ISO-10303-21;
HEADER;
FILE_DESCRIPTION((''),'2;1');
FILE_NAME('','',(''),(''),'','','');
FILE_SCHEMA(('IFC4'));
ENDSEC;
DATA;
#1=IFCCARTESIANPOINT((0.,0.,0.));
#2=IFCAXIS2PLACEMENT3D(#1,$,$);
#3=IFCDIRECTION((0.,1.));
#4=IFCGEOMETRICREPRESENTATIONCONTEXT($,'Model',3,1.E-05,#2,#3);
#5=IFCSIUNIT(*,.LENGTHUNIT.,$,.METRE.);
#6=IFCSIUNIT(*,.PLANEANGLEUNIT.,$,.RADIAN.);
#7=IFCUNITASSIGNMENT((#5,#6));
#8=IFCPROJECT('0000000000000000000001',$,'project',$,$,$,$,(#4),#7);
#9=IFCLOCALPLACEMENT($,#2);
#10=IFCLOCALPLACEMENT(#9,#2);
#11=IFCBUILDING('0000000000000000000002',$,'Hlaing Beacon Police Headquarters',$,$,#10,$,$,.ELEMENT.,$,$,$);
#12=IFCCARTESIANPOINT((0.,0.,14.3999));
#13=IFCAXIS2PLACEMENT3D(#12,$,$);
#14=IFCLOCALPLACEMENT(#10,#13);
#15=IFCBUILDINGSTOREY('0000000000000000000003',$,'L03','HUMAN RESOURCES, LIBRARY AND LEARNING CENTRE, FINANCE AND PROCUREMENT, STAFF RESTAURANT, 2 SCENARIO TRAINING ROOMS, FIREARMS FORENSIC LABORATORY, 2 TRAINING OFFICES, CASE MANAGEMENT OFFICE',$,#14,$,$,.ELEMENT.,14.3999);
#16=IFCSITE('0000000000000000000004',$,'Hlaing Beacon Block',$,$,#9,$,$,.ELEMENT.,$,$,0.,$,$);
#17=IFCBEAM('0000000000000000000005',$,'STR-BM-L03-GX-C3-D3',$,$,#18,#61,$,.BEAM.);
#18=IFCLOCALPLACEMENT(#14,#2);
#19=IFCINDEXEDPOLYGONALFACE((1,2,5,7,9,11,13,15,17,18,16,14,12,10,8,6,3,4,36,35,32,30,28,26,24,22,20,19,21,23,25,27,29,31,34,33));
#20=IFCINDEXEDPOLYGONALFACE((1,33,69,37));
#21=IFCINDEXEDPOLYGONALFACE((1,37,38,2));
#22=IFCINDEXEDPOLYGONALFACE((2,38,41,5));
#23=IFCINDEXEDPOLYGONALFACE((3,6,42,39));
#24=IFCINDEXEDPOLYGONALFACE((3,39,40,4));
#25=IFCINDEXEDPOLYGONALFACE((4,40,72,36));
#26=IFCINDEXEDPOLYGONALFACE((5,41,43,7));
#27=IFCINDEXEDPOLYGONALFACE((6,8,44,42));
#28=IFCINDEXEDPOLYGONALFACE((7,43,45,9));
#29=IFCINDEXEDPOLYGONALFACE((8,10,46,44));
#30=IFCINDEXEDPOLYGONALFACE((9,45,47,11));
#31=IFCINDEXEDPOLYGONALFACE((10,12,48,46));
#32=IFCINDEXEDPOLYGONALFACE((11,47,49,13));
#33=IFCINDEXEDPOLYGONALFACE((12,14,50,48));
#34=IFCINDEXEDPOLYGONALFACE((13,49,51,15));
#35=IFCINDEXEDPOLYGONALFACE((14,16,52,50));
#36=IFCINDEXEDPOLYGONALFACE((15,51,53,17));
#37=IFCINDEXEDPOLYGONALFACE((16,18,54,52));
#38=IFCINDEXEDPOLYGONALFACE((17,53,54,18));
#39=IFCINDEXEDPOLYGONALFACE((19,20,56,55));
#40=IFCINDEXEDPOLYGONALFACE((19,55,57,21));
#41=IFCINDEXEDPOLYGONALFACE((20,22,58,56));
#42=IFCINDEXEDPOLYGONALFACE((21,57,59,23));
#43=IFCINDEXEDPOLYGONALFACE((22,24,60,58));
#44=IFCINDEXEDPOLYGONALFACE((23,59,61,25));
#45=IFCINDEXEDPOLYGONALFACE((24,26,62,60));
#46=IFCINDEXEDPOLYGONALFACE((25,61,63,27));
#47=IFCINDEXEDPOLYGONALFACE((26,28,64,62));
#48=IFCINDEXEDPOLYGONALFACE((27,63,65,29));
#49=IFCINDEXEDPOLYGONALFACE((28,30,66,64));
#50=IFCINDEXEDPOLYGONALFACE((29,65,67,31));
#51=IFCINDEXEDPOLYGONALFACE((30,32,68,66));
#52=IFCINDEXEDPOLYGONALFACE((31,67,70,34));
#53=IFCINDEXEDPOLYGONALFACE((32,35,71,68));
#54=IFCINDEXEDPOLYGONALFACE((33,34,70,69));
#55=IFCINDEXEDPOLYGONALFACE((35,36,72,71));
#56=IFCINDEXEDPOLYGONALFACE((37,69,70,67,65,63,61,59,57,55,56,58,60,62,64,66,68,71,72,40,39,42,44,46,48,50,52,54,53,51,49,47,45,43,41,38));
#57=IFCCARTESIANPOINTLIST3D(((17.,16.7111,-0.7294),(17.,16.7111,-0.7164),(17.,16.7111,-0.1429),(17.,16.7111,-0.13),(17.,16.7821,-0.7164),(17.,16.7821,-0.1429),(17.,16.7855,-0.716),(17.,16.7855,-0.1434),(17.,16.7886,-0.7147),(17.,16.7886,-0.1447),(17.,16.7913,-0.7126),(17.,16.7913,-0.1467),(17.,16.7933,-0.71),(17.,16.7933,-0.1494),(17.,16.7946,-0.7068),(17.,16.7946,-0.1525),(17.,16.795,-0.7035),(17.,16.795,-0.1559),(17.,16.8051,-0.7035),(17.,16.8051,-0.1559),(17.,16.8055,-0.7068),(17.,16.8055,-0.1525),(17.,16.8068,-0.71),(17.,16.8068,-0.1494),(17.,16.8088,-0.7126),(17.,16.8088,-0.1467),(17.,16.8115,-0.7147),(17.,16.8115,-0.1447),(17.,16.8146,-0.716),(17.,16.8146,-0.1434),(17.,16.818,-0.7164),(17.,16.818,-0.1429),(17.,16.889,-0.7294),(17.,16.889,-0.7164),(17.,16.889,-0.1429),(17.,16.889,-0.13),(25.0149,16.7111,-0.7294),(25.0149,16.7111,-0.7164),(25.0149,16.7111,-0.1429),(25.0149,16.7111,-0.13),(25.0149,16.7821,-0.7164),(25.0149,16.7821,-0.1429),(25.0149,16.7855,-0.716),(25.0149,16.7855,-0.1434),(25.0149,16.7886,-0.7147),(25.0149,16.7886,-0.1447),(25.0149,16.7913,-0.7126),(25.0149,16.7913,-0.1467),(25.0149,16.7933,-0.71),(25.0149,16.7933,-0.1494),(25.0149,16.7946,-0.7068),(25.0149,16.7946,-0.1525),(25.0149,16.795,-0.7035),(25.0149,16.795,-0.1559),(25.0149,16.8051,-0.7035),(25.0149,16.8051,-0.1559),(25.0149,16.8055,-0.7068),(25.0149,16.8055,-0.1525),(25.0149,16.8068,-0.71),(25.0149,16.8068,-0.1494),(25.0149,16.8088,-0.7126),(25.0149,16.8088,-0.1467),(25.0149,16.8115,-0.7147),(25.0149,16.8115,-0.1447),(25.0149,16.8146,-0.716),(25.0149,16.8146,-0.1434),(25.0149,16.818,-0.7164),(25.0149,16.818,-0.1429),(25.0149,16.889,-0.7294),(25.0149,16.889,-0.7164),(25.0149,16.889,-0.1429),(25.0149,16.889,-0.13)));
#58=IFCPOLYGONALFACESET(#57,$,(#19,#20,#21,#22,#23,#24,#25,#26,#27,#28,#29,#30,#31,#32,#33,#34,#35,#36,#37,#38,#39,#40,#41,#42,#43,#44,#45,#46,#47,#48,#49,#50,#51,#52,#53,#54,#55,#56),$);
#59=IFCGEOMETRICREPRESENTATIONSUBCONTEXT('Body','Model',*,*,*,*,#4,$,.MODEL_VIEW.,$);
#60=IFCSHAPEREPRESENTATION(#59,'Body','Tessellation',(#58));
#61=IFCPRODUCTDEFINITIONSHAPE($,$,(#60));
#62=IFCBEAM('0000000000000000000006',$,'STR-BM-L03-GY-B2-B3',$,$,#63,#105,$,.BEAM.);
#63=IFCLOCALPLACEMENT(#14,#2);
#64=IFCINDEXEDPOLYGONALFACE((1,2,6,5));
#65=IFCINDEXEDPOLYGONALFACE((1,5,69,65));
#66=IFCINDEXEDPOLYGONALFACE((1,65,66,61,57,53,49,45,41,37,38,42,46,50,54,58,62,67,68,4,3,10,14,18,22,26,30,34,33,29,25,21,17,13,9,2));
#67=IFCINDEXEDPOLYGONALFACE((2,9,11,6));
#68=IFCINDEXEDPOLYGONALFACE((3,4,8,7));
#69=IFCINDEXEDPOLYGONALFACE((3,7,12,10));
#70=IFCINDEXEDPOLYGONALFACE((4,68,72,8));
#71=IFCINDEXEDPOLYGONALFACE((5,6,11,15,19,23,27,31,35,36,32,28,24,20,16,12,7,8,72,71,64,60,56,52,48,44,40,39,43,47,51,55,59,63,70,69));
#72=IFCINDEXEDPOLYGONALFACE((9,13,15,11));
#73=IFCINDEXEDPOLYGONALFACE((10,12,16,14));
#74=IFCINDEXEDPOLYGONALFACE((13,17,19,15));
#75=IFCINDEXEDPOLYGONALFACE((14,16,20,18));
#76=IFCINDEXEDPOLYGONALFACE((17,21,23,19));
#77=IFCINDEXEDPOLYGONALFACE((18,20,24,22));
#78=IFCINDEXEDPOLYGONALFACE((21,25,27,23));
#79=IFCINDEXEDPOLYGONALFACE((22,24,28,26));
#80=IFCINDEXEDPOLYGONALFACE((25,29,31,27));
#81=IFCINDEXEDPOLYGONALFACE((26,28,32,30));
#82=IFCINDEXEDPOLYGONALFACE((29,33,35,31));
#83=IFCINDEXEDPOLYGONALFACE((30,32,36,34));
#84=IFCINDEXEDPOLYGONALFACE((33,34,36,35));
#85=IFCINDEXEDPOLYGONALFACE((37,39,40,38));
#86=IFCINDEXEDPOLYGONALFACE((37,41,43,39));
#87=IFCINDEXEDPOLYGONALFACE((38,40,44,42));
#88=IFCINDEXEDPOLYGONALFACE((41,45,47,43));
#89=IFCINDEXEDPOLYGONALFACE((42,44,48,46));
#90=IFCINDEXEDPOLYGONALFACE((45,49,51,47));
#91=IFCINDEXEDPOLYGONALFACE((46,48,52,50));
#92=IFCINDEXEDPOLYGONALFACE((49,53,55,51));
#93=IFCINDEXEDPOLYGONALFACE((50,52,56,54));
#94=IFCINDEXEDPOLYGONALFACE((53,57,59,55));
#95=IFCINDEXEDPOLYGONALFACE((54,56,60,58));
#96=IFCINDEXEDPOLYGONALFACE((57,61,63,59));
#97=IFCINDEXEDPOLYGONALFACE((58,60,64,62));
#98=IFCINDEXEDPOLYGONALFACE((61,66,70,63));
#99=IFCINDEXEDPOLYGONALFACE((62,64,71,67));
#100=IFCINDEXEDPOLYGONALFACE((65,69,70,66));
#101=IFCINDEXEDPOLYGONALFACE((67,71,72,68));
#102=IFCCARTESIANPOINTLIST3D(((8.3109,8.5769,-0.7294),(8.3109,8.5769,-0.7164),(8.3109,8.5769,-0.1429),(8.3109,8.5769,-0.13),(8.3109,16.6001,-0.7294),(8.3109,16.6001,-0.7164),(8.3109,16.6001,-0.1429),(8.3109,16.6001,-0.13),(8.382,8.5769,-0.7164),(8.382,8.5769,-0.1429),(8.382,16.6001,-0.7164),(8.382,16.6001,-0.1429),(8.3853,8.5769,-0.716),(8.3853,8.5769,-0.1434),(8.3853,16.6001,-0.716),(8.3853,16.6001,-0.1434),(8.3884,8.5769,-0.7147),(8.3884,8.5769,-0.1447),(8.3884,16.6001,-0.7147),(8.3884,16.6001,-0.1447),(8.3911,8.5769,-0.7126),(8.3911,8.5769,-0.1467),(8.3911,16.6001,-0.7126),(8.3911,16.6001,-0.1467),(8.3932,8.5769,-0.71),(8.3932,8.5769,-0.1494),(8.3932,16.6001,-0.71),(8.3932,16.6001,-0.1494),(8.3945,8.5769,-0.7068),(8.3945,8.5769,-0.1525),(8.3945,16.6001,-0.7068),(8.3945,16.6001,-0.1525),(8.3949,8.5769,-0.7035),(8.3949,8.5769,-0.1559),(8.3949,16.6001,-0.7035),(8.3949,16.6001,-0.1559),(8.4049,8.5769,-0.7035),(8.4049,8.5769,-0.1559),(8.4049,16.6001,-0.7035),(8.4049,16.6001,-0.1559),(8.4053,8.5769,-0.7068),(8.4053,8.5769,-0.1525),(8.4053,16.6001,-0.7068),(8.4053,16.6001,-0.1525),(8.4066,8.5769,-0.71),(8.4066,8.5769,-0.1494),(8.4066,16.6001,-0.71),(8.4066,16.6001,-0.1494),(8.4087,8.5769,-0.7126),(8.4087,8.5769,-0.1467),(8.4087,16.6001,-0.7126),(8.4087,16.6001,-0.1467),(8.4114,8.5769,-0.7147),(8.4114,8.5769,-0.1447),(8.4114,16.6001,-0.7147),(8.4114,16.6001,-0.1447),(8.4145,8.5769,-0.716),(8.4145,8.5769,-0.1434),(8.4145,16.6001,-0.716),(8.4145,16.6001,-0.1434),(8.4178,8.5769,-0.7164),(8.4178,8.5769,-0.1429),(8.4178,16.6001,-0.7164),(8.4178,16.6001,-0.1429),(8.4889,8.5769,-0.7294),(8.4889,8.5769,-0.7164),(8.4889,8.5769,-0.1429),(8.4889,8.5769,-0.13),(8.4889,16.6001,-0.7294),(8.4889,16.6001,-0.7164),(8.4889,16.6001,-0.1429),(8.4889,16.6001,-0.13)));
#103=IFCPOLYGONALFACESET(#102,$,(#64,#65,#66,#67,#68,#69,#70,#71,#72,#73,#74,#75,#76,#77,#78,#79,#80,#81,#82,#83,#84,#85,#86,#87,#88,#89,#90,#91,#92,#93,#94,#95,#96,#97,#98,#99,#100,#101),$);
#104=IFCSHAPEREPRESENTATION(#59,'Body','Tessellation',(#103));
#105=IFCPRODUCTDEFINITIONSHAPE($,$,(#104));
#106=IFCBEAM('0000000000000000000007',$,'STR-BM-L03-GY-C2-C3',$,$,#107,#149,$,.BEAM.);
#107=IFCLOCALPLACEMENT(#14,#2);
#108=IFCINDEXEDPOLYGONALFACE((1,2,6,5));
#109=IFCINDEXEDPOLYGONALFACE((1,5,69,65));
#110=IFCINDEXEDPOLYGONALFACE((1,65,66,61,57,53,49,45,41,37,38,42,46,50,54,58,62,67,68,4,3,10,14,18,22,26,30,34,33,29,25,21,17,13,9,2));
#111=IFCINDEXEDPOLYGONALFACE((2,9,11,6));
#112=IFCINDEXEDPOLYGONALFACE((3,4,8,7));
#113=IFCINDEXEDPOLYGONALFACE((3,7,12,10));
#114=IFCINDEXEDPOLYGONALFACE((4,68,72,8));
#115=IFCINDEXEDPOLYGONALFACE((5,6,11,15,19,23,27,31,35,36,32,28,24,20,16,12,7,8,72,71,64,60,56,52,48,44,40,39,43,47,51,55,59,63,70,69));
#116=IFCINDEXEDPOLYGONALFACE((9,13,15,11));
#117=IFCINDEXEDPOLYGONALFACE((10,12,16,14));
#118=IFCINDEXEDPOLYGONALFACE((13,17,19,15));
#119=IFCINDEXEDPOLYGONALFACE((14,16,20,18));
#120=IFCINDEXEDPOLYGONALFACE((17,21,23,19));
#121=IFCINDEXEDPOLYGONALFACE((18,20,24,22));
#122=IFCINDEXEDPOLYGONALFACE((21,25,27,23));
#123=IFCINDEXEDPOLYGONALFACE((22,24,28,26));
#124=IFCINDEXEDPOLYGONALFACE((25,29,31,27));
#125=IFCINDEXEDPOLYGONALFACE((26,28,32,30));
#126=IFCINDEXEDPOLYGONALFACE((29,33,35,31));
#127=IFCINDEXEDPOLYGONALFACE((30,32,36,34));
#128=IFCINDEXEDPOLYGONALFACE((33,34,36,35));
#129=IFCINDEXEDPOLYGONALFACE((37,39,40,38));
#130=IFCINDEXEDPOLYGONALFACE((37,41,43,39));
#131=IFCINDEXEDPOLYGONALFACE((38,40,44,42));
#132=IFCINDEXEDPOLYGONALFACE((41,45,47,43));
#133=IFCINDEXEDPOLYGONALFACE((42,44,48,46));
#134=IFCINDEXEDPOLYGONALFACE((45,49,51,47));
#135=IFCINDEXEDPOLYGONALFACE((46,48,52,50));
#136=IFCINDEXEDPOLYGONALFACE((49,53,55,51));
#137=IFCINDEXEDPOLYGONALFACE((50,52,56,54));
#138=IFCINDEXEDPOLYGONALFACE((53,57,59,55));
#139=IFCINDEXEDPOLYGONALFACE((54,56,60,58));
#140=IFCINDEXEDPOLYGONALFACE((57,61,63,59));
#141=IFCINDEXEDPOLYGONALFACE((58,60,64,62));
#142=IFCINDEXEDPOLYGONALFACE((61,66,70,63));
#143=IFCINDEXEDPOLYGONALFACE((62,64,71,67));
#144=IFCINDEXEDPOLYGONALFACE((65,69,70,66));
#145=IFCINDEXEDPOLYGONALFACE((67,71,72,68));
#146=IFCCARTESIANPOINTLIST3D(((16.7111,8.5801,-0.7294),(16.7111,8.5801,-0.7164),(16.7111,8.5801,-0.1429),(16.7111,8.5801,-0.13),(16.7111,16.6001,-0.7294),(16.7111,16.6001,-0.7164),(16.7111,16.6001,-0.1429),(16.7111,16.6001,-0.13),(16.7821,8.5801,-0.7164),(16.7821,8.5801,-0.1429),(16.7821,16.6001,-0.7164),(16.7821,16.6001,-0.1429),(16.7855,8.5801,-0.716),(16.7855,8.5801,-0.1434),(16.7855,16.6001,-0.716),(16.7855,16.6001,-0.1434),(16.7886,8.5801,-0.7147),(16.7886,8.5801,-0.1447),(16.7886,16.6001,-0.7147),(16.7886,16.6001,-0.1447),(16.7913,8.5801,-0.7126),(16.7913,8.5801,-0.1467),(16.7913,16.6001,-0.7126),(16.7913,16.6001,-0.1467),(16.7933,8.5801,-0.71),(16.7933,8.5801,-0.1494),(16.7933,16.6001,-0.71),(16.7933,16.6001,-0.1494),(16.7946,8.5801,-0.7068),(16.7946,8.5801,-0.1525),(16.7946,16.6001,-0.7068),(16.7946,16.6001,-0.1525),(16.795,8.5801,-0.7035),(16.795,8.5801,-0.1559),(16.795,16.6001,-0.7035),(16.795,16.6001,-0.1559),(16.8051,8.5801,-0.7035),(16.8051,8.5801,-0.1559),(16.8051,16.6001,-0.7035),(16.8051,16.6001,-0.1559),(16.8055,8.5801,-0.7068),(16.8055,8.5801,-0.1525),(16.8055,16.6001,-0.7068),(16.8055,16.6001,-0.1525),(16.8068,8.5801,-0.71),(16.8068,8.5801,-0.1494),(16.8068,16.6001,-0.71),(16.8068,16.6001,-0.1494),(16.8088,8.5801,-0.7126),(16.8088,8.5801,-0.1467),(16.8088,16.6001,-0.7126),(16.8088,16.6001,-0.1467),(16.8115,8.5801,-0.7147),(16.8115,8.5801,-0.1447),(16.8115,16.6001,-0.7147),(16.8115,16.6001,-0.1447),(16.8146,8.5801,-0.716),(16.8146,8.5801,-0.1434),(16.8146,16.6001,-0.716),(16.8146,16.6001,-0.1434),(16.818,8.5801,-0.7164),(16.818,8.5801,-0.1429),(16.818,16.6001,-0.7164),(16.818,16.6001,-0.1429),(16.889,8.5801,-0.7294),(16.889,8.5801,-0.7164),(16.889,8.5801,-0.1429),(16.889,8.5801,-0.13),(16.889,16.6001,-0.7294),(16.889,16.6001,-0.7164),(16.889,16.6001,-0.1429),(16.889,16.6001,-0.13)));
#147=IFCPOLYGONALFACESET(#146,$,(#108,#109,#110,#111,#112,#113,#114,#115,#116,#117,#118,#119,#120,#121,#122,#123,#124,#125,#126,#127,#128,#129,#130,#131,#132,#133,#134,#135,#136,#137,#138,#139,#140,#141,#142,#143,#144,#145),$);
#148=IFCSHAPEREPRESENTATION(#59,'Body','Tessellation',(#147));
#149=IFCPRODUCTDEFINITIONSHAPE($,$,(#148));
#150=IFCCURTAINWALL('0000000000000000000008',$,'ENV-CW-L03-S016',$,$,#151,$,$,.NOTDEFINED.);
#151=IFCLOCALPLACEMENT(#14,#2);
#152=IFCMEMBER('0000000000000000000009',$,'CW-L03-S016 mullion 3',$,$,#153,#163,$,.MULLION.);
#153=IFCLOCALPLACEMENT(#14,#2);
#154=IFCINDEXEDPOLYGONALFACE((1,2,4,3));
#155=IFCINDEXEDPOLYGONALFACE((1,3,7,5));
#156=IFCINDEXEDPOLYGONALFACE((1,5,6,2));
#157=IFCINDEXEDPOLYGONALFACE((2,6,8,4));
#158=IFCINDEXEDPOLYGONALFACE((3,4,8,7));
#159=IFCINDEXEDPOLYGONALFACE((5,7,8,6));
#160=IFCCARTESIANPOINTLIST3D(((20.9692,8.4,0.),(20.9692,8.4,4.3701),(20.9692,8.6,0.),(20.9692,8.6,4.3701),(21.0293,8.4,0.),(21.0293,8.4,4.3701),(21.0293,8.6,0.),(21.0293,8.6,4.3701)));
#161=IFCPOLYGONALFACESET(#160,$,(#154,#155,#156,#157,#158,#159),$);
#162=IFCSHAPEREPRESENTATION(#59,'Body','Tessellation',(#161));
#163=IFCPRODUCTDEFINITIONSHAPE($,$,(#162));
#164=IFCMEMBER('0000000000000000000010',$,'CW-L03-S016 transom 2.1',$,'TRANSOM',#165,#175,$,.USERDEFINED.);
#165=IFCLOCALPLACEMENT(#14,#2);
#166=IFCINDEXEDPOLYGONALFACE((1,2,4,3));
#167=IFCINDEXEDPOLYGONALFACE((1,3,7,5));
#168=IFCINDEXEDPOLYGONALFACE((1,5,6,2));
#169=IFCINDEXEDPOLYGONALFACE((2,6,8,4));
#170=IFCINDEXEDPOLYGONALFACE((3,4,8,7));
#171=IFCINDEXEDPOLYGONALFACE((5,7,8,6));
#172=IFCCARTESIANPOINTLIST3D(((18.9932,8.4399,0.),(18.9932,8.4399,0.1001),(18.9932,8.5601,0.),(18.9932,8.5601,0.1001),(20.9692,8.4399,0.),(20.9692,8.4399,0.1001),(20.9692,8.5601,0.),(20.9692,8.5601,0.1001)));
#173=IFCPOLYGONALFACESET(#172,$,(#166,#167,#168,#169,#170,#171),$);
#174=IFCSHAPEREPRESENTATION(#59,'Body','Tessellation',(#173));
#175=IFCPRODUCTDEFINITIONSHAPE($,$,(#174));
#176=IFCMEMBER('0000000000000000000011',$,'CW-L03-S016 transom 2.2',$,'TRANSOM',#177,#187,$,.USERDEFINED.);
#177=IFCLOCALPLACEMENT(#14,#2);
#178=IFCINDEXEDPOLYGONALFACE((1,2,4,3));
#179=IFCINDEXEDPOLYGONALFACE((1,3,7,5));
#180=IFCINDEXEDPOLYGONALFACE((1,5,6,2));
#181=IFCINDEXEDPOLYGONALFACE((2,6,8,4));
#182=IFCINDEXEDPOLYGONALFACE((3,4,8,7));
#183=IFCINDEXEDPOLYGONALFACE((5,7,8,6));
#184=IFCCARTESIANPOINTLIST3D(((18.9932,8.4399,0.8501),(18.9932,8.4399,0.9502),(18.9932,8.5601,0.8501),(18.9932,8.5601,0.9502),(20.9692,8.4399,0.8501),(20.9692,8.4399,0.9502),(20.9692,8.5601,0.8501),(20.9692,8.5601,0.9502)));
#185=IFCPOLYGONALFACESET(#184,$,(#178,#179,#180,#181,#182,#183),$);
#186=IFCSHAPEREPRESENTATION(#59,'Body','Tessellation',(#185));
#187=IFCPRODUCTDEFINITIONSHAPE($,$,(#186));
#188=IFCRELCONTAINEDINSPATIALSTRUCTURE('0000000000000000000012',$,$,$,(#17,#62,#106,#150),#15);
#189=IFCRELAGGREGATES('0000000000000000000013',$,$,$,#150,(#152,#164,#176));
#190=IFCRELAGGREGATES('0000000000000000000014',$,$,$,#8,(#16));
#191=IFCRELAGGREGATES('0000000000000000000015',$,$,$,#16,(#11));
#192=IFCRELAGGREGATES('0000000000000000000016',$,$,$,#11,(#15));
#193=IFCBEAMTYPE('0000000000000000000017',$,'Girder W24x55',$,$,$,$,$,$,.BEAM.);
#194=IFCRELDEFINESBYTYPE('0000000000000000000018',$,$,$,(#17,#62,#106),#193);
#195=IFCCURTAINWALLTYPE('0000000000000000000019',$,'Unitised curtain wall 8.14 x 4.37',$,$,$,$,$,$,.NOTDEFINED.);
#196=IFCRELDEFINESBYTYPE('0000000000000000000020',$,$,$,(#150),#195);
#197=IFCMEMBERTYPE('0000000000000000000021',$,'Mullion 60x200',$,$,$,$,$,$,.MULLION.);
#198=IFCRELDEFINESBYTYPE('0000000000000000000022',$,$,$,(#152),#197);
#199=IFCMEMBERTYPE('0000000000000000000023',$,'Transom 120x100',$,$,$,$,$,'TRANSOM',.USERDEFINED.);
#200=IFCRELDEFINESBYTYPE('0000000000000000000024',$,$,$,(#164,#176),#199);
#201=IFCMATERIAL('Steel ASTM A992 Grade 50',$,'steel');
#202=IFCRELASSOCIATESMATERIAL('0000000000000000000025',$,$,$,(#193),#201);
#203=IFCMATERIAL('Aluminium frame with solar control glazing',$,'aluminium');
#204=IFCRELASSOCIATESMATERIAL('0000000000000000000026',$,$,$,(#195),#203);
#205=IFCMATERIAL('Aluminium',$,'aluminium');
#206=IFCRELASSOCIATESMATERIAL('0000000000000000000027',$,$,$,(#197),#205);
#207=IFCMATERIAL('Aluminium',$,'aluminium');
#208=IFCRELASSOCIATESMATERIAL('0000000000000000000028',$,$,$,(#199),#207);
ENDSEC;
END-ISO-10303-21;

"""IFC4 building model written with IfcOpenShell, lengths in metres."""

from ifc_helpers import new_model, si_unit, direction, frame, origin, origin_2d, place, context, subcontext, project, spatial, rectangle, i_section, extrude, material, material_profile, profile_set, type_object, element, aggregate, save


model = new_model("IFC4")

# Units and contexts
model_context = context("Model", 3, precision=1e-05, world=origin(), true_north=direction((0.0, 1.0)))
body_context = subcontext(model_context, "Body", "Model", "MODEL_VIEW")
ifc_project = project(units=[si_unit("LENGTHUNIT", "METRE"), si_unit("PLANEANGLEUNIT", "RADIAN")], contexts=[model_context])

# Site, building, storey
site_placement = place(None, origin())
site = spatial("IfcSite", under=ifc_project, at=site_placement, Name="Hlaing Beacon Block", CompositionType="ELEMENT", RefElevation=0.0)
building_placement = place(site_placement, origin())
building = spatial("IfcBuilding", under=site, at=building_placement, Name="Hlaing Beacon Police Headquarters", CompositionType="ELEMENT")
storey_placement = place(building_placement, frame((0.0, 0.0, 14.3999)))
storey = spatial("IfcBuildingStorey", under=building, at=storey_placement, Name="L03", Description="HUMAN RESOURCES, LIBRARY AND LEARNING CENTRE, FINANCE AND PROCUREMENT, STAFF RESTAURANT, 2 SCENARIO TRAINING ROOMS, FIREARMS FORENSIC LABORATORY, 2 TRAINING OFFICES, CASE MANAGEMENT OFFICE", CompositionType="ELEMENT", Elevation=14.3999)

# Beams
ifc_material_1 = material(Name="Steel ASTM A992 Grade 50", Category="steel")
ifc_material_profile_1 = material_profile(ifc_material_1, i_section(OverallWidth=0.178, OverallDepth=0.5994, WebThickness=0.01, FlangeThickness=0.0129, FilletRadius=0.0129, at=origin_2d()), Name="W24x55")
ifc_profile_set_1 = profile_set([ifc_material_profile_1], Name="Steel ASTM A992 Grade 50")
beam_type = type_object("IfcBeamType", Name="Girder W24x55", PredefinedType="BEAM", material=ifc_profile_set_1)
beam_1_placement = place(storey_placement, frame((17.0, 16.8, -0.4297), z_axis=(1.0, 0.0, 0.0), x_axis=(0.0, 1.0, 0.0)))
element("IfcBeam", 1, at=beam_1_placement, inside=storey, type_object=beam_type, Name="STR-BM-L03-GX-C3-D3", PredefinedType="BEAM", context=body_context, shape_type="SweptSolid", body=[
    extrude(i_section(OverallWidth=0.178, OverallDepth=0.5994, WebThickness=0.01, FlangeThickness=0.0129, FilletRadius=0.0129, at=origin_2d()), origin(), (0.0, 0.0, 1.0), 8.0149),
])
beam_2_placement = place(storey_placement, frame((8.3999, 8.5769, -0.4297), z_axis=(0.0, 1.0, 0.0), x_axis=(-1.0, 0.0, 0.0)))
element("IfcBeam", 2, at=beam_2_placement, inside=storey, type_object=beam_type, Name="STR-BM-L03-GY-B2-B3", PredefinedType="BEAM", context=body_context, shape_type="SweptSolid", body=[
    extrude(i_section(OverallWidth=0.178, OverallDepth=0.5994, WebThickness=0.01, FlangeThickness=0.0129, FilletRadius=0.0129, at=origin_2d()), origin(), (0.0, 0.0, 1.0), 8.0232),
])
beam_3_placement = place(storey_placement, frame((16.8, 8.5801, -0.4297), z_axis=(0.0, 1.0, 0.0), x_axis=(-1.0, 0.0, 0.0)))
element("IfcBeam", 3, at=beam_3_placement, inside=storey, type_object=beam_type, Name="STR-BM-L03-GY-C2-C3", PredefinedType="BEAM", context=body_context, shape_type="SweptSolid", body=[
    extrude(i_section(OverallWidth=0.178, OverallDepth=0.5994, WebThickness=0.01, FlangeThickness=0.0129, FilletRadius=0.0129, at=origin_2d()), origin(), (0.0, 0.0, 1.0), 8.02),
])

# Curtain wall, members
ifc_material_2 = material(Name="Aluminium frame with solar control glazing", Category="aluminium")
curtain_wall_type = type_object("IfcCurtainWallType", Name="Unitised curtain wall 8.14 x 4.37", PredefinedType="NOTDEFINED", material=ifc_material_2)
curtain_wall_placement = place(storey_placement, origin())
curtain_wall = element("IfcCurtainWall", 4, at=curtain_wall_placement, inside=storey, type_object=curtain_wall_type, Name="ENV-CW-L03-S016", PredefinedType="NOTDEFINED")
ifc_material_3 = material(Name="Aluminium", Category="aluminium")
ifc_material_profile_2 = material_profile(ifc_material_3, rectangle(XDim=0.2, YDim=0.0601, at=origin_2d()), Name="Mullion 60x200")
ifc_profile_set_2 = profile_set([ifc_material_profile_2], Name="Aluminium")
member_type_1 = type_object("IfcMemberType", Name="Mullion 60x200", PredefinedType="MULLION", material=ifc_profile_set_2)
member_1_placement = place(storey_placement, frame((20.9993, 8.5, 0.0), z_axis=(0.0, 0.0, 1.0), x_axis=(0.0, 1.0, 0.0)))
member_1 = element("IfcMember", 5, at=member_1_placement, type_object=member_type_1, Name="CW-L03-S016 mullion 3", PredefinedType="MULLION", context=body_context, shape_type="SweptSolid", body=[
    extrude(rectangle(XDim=0.2, YDim=0.0601, at=origin_2d()), origin(), (0.0, 0.0, 1.0), 4.3701),
])
ifc_material_4 = material(Name="Aluminium", Category="aluminium")
ifc_material_profile_3 = material_profile(ifc_material_4, rectangle(XDim=0.1201, YDim=0.1001, at=origin_2d()), Name="Transom 120x100")
ifc_profile_set_3 = profile_set([ifc_material_profile_3], Name="Aluminium")
member_type_2 = type_object("IfcMemberType", Name="Transom 120x100", ElementType="TRANSOM", PredefinedType="USERDEFINED", material=ifc_profile_set_3)
member_2_placement = place(storey_placement, frame((18.9932, 8.5, 0.05), z_axis=(1.0, 0.0, 0.0), x_axis=(0.0, 1.0, 0.0)))
member_2 = element("IfcMember", 6, at=member_2_placement, type_object=member_type_2, Name="CW-L03-S016 transom 2.1", ObjectType="TRANSOM", PredefinedType="USERDEFINED", context=body_context, shape_type="SweptSolid", body=[
    extrude(rectangle(XDim=0.1201, YDim=0.1001, at=origin_2d()), origin(), (0.0, 0.0, 1.0), 1.9761),
])
member_3_placement = place(storey_placement, frame((18.9932, 8.5, 0.9001), z_axis=(1.0, 0.0, 0.0), x_axis=(0.0, 1.0, 0.0)))
member_3 = element("IfcMember", 7, at=member_3_placement, type_object=member_type_2, Name="CW-L03-S016 transom 2.2", ObjectType="TRANSOM", PredefinedType="USERDEFINED", context=body_context, shape_type="SweptSolid", body=[
    extrude(rectangle(XDim=0.1201, YDim=0.1001, at=origin_2d()), origin(), (0.0, 0.0, 1.0), 1.9761),
])
aggregate(curtain_wall, [member_1, member_2, member_3])

save(model, "model.ifc")
